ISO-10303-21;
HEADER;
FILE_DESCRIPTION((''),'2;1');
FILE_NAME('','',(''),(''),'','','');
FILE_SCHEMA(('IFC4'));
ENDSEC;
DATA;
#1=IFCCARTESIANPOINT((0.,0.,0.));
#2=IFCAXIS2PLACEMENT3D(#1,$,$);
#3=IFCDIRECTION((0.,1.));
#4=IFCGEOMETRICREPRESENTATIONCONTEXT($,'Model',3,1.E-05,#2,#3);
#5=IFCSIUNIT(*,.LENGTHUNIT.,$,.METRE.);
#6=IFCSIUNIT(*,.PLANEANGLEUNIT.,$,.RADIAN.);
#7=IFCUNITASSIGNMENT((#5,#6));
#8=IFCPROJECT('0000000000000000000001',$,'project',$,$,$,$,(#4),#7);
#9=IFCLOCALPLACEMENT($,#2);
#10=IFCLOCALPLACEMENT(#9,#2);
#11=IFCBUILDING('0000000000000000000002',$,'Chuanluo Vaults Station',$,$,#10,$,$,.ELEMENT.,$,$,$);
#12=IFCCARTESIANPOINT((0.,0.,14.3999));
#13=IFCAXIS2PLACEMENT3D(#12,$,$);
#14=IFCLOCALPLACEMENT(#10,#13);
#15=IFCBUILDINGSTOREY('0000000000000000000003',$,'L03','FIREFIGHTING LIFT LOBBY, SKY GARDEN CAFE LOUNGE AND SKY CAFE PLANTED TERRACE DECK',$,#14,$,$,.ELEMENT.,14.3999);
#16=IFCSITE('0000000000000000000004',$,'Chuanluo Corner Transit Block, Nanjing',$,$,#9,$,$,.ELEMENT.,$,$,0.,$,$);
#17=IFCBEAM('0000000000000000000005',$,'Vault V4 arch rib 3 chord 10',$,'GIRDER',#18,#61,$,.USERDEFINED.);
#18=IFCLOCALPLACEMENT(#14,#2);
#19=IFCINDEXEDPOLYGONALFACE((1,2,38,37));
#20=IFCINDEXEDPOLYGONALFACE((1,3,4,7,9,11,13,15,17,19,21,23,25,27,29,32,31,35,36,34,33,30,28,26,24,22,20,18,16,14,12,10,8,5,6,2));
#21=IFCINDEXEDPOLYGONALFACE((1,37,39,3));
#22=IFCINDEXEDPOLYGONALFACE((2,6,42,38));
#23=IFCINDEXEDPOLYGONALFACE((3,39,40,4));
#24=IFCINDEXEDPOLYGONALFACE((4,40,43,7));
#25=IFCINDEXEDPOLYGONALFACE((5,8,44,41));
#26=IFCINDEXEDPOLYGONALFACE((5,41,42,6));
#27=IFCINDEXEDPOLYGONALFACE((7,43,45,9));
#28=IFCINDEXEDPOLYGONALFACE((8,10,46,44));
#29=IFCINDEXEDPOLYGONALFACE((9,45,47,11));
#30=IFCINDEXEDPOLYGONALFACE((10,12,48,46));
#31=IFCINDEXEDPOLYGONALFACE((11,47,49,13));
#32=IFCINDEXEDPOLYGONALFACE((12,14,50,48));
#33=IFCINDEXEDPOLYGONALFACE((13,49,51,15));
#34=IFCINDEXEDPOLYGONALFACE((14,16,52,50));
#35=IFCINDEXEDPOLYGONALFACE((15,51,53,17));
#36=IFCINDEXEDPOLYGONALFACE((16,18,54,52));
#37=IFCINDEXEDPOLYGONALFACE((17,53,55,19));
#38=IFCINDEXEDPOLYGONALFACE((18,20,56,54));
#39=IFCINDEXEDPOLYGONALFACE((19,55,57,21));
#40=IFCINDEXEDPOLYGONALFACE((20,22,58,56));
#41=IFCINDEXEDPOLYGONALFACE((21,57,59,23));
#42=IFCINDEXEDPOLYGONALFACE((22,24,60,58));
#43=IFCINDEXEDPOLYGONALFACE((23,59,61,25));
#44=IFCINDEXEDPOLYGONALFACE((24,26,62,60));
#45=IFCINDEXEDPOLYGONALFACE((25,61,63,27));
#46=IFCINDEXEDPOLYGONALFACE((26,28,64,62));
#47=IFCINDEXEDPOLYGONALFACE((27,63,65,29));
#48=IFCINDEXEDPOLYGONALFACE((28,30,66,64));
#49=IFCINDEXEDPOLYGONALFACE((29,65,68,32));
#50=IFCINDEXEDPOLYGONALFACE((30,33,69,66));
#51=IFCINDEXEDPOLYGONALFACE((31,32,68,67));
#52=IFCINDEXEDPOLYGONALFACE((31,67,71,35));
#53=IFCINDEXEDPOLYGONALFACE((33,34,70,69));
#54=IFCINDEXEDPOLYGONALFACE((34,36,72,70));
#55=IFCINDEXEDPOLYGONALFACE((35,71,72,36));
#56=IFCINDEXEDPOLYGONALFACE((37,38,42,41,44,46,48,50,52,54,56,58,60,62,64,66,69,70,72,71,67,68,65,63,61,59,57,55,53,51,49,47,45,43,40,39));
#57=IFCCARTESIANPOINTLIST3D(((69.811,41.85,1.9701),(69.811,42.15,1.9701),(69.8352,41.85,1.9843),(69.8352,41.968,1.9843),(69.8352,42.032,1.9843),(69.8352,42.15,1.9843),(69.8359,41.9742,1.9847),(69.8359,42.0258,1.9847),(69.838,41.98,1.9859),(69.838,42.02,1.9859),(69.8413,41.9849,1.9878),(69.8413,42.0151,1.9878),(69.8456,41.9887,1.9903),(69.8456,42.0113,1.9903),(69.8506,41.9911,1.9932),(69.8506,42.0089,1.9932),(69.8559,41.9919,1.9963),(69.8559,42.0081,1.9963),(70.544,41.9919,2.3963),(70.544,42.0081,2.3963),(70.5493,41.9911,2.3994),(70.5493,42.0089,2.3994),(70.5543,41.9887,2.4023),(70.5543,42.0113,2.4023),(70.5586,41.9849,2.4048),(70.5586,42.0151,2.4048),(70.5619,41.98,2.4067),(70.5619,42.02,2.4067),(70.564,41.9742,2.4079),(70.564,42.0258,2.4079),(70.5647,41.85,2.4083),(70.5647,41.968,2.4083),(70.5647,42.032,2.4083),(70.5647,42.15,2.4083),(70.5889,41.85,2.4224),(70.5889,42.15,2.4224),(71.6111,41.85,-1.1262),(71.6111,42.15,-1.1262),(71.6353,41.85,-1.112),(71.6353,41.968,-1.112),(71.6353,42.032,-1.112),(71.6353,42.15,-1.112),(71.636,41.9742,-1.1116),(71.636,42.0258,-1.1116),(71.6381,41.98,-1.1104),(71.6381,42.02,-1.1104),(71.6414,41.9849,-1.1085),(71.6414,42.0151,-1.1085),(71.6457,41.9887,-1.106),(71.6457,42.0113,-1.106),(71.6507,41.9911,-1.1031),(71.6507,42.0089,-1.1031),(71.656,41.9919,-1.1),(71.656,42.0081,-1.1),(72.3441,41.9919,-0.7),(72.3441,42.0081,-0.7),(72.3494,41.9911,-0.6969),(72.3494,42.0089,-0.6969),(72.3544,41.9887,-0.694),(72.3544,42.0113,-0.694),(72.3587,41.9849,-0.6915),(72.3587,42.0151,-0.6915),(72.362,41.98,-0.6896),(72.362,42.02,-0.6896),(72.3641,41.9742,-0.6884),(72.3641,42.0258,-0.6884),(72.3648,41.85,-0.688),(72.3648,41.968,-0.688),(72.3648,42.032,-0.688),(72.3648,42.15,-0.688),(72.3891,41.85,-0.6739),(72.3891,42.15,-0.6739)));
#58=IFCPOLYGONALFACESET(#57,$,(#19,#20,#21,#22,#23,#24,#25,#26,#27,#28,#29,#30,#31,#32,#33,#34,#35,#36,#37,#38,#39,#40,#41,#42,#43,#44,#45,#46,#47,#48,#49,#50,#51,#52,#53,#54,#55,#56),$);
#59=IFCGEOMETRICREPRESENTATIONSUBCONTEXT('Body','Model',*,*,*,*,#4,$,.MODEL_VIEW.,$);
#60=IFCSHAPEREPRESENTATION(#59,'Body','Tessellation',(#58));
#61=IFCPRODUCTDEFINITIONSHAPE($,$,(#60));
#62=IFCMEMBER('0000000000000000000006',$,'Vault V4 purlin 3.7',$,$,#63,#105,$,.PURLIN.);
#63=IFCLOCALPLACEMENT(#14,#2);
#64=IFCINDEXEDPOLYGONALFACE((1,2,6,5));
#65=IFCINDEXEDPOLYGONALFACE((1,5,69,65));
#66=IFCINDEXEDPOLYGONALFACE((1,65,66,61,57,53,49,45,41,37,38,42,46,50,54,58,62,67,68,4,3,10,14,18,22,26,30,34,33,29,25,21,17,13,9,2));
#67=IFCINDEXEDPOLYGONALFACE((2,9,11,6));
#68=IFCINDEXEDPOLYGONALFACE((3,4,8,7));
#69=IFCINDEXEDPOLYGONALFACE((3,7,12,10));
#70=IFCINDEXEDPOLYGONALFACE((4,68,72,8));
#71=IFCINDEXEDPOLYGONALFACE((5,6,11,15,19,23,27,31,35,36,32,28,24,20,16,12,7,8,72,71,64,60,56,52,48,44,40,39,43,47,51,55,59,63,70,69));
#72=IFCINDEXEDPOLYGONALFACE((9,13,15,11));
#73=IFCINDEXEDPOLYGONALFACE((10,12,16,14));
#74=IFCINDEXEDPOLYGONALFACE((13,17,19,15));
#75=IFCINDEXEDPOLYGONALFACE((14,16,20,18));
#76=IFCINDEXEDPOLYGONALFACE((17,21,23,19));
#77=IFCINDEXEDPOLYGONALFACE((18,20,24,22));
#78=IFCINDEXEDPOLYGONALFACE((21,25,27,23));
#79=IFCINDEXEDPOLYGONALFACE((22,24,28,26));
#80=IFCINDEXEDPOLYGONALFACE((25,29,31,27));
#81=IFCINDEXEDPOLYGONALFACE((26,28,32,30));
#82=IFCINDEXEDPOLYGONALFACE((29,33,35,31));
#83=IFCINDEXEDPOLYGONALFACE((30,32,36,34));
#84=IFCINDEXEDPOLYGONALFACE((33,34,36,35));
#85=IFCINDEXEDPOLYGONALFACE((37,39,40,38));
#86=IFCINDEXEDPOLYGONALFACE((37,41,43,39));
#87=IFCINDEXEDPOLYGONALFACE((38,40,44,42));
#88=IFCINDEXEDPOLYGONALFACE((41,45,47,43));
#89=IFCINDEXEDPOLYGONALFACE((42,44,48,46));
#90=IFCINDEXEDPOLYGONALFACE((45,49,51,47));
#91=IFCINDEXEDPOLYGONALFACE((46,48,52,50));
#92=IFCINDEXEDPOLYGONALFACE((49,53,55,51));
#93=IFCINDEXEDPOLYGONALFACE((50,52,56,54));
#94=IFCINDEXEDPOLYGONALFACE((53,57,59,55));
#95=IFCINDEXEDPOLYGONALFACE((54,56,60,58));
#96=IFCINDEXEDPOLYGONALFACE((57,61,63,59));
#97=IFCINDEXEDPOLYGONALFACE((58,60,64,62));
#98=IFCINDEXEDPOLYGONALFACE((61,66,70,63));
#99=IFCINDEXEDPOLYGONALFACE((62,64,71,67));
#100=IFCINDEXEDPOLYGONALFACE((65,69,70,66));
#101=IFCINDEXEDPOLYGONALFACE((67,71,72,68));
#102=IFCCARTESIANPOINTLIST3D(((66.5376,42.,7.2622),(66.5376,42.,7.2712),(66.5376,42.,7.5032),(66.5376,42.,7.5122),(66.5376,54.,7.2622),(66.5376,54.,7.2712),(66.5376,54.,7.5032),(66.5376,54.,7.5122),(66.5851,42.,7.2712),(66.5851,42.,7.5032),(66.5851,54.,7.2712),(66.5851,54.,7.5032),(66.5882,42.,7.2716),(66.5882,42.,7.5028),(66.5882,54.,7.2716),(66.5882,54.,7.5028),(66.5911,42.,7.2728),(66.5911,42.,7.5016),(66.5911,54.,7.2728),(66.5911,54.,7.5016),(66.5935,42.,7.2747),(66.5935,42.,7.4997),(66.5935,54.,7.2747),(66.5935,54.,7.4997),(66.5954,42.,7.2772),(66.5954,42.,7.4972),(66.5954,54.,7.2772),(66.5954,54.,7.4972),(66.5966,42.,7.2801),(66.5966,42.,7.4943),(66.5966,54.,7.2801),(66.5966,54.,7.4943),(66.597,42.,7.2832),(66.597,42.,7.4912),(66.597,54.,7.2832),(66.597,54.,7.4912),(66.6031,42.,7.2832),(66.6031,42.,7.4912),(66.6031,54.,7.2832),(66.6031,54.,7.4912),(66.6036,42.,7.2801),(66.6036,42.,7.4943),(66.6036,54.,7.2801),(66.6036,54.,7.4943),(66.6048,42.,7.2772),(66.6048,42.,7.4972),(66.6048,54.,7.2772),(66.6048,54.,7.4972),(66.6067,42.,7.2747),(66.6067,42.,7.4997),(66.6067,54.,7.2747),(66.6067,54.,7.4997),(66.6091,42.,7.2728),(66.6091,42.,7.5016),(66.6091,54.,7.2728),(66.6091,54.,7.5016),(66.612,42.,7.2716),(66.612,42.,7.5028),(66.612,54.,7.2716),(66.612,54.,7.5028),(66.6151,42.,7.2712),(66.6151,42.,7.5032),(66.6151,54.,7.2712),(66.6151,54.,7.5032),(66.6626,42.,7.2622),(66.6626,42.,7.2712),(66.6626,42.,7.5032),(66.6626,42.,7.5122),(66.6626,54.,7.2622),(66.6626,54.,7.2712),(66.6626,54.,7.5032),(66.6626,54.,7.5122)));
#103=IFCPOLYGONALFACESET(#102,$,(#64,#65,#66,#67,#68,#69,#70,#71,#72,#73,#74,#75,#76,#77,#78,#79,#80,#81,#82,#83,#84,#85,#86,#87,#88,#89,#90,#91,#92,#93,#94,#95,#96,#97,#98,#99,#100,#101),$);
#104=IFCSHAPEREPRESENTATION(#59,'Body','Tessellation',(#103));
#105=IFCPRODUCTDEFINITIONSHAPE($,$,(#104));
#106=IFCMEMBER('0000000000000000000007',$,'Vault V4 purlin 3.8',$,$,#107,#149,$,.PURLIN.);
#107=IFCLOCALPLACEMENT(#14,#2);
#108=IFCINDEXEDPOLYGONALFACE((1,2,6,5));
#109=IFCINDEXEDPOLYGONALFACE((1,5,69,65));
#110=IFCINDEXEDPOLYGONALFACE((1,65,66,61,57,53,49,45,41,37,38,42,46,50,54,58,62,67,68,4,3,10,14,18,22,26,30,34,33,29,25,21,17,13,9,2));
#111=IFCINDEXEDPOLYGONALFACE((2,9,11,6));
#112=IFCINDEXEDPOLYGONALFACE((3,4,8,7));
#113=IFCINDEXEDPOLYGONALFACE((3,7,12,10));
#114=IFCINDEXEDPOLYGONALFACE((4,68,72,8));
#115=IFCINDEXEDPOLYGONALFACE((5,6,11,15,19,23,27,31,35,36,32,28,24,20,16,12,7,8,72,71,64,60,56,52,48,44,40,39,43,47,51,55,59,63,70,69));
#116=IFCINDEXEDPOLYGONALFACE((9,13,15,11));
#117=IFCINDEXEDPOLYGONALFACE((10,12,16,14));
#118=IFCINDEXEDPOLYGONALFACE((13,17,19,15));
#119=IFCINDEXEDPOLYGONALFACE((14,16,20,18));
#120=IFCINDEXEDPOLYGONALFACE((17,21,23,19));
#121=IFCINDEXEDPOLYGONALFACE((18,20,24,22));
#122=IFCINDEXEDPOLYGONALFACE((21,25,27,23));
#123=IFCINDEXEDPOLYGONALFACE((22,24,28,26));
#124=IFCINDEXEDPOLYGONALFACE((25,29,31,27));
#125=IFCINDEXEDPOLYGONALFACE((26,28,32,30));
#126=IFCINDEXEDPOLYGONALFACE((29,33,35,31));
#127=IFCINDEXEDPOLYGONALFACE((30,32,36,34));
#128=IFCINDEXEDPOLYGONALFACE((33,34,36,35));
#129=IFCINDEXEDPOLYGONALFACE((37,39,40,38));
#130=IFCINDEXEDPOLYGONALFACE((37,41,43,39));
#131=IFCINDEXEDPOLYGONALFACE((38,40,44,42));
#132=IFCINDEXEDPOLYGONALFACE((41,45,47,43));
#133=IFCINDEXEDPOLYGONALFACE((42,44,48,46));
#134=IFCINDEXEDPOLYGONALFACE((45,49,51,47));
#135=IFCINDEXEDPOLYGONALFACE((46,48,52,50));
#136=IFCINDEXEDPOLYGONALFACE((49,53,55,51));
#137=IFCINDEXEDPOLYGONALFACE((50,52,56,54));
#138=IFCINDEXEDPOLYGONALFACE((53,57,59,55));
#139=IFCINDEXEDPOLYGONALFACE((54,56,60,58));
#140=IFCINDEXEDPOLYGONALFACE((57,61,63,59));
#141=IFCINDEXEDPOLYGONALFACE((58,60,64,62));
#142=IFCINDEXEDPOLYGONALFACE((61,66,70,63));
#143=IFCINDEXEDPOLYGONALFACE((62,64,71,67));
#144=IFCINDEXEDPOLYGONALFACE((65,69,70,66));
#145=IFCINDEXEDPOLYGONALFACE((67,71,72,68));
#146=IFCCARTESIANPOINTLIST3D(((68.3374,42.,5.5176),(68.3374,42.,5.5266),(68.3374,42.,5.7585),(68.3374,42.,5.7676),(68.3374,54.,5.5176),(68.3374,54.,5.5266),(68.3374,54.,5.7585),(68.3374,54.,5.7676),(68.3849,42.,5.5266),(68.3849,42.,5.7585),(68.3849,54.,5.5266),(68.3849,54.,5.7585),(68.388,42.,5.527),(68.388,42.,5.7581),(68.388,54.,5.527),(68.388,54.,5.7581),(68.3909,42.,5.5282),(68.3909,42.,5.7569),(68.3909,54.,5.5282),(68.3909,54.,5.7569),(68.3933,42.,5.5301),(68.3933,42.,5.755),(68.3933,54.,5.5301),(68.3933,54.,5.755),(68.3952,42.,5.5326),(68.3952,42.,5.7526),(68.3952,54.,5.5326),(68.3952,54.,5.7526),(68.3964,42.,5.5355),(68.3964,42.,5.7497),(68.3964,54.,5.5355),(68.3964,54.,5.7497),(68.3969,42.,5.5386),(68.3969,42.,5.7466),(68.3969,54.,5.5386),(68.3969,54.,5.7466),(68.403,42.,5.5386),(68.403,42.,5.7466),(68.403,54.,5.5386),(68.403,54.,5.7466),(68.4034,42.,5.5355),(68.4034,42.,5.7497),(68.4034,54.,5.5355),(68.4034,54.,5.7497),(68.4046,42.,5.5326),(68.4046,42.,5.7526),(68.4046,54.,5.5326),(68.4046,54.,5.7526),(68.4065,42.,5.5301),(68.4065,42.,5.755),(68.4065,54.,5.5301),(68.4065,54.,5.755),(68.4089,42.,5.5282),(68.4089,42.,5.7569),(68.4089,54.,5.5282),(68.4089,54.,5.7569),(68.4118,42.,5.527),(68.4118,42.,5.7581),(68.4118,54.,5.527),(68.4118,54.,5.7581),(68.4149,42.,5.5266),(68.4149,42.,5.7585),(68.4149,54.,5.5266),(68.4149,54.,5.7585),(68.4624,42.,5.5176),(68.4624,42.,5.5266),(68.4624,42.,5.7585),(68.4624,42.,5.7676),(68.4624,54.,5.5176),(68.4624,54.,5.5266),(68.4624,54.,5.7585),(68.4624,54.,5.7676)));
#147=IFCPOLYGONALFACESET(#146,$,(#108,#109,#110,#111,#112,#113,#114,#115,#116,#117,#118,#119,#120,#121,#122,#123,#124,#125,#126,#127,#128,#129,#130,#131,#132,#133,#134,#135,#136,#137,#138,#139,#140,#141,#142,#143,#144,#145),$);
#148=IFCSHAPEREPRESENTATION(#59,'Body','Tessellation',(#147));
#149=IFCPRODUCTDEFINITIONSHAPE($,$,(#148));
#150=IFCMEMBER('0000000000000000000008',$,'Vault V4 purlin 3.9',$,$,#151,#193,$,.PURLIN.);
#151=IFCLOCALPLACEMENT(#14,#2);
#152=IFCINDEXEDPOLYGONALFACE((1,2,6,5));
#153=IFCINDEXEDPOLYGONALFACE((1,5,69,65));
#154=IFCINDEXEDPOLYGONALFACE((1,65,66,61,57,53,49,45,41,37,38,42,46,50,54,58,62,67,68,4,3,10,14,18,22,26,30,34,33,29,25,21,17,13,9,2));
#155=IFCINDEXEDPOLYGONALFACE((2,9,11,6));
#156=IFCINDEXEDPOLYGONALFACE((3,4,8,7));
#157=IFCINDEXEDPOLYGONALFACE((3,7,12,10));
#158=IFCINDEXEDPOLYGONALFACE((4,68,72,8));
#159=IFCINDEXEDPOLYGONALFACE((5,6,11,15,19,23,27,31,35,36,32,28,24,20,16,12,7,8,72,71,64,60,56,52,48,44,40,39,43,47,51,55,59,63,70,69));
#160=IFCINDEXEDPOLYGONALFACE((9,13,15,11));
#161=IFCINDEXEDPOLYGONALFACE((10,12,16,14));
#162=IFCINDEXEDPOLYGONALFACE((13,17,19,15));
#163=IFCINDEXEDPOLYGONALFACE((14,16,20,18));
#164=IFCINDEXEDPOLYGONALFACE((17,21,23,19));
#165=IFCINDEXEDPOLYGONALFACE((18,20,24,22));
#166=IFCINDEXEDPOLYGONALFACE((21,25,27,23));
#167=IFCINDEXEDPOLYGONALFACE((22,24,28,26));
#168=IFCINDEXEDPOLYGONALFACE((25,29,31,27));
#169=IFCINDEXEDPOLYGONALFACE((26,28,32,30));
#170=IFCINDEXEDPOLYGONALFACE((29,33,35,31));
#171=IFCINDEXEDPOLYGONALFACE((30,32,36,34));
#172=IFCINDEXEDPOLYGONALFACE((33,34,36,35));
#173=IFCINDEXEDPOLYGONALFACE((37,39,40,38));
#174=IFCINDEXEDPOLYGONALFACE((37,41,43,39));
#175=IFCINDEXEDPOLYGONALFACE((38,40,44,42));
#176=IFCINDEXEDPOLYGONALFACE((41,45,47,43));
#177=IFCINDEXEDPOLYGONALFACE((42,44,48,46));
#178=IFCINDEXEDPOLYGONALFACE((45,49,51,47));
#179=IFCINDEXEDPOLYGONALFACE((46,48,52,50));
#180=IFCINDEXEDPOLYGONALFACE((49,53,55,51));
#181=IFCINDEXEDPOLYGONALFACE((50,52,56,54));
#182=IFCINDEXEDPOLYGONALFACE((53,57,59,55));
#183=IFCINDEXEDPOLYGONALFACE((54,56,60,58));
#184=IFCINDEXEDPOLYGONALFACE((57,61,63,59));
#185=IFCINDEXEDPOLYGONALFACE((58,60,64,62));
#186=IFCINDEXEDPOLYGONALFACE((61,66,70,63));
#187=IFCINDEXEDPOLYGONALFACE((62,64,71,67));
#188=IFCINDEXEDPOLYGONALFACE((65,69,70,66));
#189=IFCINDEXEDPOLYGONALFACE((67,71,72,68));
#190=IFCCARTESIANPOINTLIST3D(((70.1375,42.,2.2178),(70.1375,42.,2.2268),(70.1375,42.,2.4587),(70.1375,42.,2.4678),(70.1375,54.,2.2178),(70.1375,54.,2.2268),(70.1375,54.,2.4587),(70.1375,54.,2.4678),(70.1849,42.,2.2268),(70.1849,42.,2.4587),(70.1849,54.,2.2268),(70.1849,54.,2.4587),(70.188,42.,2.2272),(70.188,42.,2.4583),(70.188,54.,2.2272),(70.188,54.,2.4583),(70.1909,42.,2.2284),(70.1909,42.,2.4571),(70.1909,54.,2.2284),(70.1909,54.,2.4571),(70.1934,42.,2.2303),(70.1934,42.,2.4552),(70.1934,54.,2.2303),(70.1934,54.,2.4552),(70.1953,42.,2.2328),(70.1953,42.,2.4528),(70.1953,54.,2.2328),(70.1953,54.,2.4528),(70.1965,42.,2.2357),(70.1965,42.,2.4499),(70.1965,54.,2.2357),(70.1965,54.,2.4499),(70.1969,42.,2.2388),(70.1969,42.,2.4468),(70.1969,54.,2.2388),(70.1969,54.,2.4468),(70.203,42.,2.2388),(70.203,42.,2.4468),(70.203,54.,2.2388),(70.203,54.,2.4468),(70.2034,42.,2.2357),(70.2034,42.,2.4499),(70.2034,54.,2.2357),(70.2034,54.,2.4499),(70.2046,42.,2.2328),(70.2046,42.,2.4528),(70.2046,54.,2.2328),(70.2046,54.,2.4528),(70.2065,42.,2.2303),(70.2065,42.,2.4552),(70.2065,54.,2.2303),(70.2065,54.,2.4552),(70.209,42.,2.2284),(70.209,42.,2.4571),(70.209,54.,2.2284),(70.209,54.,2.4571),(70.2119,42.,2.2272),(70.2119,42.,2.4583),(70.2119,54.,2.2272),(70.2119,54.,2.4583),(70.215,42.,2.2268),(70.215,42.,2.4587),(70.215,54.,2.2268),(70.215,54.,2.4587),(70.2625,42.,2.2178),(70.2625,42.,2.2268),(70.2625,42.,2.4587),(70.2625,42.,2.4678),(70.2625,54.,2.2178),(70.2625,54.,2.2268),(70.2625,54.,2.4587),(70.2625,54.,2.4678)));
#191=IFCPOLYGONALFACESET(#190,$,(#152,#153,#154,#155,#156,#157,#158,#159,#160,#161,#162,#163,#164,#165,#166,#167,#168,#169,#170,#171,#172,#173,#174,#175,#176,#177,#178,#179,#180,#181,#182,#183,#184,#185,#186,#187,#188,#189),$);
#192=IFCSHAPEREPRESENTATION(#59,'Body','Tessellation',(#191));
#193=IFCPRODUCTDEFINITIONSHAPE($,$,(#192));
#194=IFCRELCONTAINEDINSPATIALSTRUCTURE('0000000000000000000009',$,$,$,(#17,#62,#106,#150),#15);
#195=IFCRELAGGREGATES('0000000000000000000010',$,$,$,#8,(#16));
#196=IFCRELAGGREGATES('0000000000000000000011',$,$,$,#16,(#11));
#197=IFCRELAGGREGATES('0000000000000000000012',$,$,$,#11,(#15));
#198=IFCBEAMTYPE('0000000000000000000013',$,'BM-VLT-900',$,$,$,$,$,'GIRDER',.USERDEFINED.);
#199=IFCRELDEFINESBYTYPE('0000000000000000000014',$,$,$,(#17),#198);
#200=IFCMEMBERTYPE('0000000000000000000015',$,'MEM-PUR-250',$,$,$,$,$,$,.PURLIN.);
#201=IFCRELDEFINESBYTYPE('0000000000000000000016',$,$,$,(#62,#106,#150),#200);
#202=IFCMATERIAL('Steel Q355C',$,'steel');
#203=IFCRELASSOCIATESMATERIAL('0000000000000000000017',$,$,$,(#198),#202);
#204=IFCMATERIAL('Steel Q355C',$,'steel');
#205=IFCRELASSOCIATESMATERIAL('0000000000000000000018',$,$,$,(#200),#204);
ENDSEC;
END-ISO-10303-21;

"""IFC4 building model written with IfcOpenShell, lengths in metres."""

from ifc_helpers import new_model, si_unit, direction, frame, origin, origin_2d, place, context, subcontext, project, spatial, i_section, extrude, material, material_profile, profile_set, type_object, element, save


model = new_model("IFC4")

# Units and contexts
model_context = context("Model", 3, precision=1e-05, world=origin(), true_north=direction((0.0, 1.0)))
body_context = subcontext(model_context, "Body", "Model", "MODEL_VIEW")
ifc_project = project(units=[si_unit("LENGTHUNIT", "METRE"), si_unit("PLANEANGLEUNIT", "RADIAN")], contexts=[model_context])

# Site, building, storey
site_placement = place(None, origin())
site = spatial("IfcSite", under=ifc_project, at=site_placement, Name="Chuanluo Corner Transit Block, Nanjing", CompositionType="ELEMENT", RefElevation=0.0)
building_placement = place(site_placement, origin())
building = spatial("IfcBuilding", under=site, at=building_placement, Name="Chuanluo Vaults Station", CompositionType="ELEMENT")
storey_placement = place(building_placement, frame((0.0, 0.0, 14.3999)))
storey = spatial("IfcBuildingStorey", under=building, at=storey_placement, Name="L03", Description="FIREFIGHTING LIFT LOBBY, SKY GARDEN CAFE LOUNGE AND SKY CAFE PLANTED TERRACE DECK", CompositionType="ELEMENT", Elevation=14.3999)

# Beam
ifc_material_1 = material(Name="Steel Q355C", Category="steel")
ifc_material_profile_1 = material_profile(ifc_material_1, i_section(OverallWidth=0.3, OverallDepth=0.8999, WebThickness=0.0161, FlangeThickness=0.0281, FilletRadius=0.0239, at=origin_2d()))
ifc_profile_set_1 = profile_set([ifc_material_profile_1], Name="Steel Q355C")
beam_type_1 = type_object("IfcBeamType", Name="BM-VLT-900", ElementType="GIRDER", PredefinedType="USERDEFINED", material=ifc_profile_set_1)
beam_1_placement = place(storey_placement, frame((70.2, 42.0, 2.1963), z_axis=(0.502607, 0.0, -0.864515), x_axis=(0.0, 1.0, 0.0)))
element("IfcBeam", 1, at=beam_1_placement, inside=storey, type_object=beam_type_1, Name="Vault V4 arch rib 3 chord 10", ObjectType="GIRDER", PredefinedType="USERDEFINED", context=body_context, shape_type="SweptSolid", body=[
    extrude(i_section(OverallWidth=0.3, OverallDepth=0.8999, WebThickness=0.0161, FlangeThickness=0.0281, FilletRadius=0.0239, at=origin_2d()), origin(), (0.0, 0.0, 1.0), 3.5815),
])

# Members
ifc_material_2 = material(Name="Steel Q355C", Category="steel")
ifc_material_profile_2 = material_profile(ifc_material_2, i_section(OverallWidth=0.125, OverallDepth=0.25, WebThickness=0.0061, FlangeThickness=0.009, FilletRadius=0.012, at=origin_2d()))
ifc_profile_set_2 = profile_set([ifc_material_profile_2], Name="Steel Q355C")
member_type_1 = type_object("IfcMemberType", Name="MEM-PUR-250", PredefinedType="PURLIN", material=ifc_profile_set_2)
for number, where, z_axis, x_axis, name in (
    (2, (66.6001, 42.0, 7.3872), (0.0, 1.0, 0.0), (-1.0, 0.0, 0.0), "Vault V4 purlin 3.7"),
    (3, (68.3999, 42.0, 5.6426), (0.0, 1.0, 0.0), (-1.0, 0.0, 0.0), "Vault V4 purlin 3.8"),
    (4, (70.2, 42.0, 2.3428), (0.0, 1.0, 0.0), (-1.0, 0.0, 0.0), "Vault V4 purlin 3.9"),
):
    element("IfcMember", number, at=place(storey_placement, frame(where, z_axis=z_axis, x_axis=x_axis)), inside=storey, type_object=member_type_1, Name=name, PredefinedType="PURLIN", context=body_context, shape_type="SweptSolid", body=[
        extrude(i_section(OverallWidth=0.125, OverallDepth=0.25, WebThickness=0.0061, FlangeThickness=0.009, FilletRadius=0.012, at=origin_2d()), origin(), (0.0, 0.0, 1.0), 12.0),
    ])

save(model, "model.ifc")
